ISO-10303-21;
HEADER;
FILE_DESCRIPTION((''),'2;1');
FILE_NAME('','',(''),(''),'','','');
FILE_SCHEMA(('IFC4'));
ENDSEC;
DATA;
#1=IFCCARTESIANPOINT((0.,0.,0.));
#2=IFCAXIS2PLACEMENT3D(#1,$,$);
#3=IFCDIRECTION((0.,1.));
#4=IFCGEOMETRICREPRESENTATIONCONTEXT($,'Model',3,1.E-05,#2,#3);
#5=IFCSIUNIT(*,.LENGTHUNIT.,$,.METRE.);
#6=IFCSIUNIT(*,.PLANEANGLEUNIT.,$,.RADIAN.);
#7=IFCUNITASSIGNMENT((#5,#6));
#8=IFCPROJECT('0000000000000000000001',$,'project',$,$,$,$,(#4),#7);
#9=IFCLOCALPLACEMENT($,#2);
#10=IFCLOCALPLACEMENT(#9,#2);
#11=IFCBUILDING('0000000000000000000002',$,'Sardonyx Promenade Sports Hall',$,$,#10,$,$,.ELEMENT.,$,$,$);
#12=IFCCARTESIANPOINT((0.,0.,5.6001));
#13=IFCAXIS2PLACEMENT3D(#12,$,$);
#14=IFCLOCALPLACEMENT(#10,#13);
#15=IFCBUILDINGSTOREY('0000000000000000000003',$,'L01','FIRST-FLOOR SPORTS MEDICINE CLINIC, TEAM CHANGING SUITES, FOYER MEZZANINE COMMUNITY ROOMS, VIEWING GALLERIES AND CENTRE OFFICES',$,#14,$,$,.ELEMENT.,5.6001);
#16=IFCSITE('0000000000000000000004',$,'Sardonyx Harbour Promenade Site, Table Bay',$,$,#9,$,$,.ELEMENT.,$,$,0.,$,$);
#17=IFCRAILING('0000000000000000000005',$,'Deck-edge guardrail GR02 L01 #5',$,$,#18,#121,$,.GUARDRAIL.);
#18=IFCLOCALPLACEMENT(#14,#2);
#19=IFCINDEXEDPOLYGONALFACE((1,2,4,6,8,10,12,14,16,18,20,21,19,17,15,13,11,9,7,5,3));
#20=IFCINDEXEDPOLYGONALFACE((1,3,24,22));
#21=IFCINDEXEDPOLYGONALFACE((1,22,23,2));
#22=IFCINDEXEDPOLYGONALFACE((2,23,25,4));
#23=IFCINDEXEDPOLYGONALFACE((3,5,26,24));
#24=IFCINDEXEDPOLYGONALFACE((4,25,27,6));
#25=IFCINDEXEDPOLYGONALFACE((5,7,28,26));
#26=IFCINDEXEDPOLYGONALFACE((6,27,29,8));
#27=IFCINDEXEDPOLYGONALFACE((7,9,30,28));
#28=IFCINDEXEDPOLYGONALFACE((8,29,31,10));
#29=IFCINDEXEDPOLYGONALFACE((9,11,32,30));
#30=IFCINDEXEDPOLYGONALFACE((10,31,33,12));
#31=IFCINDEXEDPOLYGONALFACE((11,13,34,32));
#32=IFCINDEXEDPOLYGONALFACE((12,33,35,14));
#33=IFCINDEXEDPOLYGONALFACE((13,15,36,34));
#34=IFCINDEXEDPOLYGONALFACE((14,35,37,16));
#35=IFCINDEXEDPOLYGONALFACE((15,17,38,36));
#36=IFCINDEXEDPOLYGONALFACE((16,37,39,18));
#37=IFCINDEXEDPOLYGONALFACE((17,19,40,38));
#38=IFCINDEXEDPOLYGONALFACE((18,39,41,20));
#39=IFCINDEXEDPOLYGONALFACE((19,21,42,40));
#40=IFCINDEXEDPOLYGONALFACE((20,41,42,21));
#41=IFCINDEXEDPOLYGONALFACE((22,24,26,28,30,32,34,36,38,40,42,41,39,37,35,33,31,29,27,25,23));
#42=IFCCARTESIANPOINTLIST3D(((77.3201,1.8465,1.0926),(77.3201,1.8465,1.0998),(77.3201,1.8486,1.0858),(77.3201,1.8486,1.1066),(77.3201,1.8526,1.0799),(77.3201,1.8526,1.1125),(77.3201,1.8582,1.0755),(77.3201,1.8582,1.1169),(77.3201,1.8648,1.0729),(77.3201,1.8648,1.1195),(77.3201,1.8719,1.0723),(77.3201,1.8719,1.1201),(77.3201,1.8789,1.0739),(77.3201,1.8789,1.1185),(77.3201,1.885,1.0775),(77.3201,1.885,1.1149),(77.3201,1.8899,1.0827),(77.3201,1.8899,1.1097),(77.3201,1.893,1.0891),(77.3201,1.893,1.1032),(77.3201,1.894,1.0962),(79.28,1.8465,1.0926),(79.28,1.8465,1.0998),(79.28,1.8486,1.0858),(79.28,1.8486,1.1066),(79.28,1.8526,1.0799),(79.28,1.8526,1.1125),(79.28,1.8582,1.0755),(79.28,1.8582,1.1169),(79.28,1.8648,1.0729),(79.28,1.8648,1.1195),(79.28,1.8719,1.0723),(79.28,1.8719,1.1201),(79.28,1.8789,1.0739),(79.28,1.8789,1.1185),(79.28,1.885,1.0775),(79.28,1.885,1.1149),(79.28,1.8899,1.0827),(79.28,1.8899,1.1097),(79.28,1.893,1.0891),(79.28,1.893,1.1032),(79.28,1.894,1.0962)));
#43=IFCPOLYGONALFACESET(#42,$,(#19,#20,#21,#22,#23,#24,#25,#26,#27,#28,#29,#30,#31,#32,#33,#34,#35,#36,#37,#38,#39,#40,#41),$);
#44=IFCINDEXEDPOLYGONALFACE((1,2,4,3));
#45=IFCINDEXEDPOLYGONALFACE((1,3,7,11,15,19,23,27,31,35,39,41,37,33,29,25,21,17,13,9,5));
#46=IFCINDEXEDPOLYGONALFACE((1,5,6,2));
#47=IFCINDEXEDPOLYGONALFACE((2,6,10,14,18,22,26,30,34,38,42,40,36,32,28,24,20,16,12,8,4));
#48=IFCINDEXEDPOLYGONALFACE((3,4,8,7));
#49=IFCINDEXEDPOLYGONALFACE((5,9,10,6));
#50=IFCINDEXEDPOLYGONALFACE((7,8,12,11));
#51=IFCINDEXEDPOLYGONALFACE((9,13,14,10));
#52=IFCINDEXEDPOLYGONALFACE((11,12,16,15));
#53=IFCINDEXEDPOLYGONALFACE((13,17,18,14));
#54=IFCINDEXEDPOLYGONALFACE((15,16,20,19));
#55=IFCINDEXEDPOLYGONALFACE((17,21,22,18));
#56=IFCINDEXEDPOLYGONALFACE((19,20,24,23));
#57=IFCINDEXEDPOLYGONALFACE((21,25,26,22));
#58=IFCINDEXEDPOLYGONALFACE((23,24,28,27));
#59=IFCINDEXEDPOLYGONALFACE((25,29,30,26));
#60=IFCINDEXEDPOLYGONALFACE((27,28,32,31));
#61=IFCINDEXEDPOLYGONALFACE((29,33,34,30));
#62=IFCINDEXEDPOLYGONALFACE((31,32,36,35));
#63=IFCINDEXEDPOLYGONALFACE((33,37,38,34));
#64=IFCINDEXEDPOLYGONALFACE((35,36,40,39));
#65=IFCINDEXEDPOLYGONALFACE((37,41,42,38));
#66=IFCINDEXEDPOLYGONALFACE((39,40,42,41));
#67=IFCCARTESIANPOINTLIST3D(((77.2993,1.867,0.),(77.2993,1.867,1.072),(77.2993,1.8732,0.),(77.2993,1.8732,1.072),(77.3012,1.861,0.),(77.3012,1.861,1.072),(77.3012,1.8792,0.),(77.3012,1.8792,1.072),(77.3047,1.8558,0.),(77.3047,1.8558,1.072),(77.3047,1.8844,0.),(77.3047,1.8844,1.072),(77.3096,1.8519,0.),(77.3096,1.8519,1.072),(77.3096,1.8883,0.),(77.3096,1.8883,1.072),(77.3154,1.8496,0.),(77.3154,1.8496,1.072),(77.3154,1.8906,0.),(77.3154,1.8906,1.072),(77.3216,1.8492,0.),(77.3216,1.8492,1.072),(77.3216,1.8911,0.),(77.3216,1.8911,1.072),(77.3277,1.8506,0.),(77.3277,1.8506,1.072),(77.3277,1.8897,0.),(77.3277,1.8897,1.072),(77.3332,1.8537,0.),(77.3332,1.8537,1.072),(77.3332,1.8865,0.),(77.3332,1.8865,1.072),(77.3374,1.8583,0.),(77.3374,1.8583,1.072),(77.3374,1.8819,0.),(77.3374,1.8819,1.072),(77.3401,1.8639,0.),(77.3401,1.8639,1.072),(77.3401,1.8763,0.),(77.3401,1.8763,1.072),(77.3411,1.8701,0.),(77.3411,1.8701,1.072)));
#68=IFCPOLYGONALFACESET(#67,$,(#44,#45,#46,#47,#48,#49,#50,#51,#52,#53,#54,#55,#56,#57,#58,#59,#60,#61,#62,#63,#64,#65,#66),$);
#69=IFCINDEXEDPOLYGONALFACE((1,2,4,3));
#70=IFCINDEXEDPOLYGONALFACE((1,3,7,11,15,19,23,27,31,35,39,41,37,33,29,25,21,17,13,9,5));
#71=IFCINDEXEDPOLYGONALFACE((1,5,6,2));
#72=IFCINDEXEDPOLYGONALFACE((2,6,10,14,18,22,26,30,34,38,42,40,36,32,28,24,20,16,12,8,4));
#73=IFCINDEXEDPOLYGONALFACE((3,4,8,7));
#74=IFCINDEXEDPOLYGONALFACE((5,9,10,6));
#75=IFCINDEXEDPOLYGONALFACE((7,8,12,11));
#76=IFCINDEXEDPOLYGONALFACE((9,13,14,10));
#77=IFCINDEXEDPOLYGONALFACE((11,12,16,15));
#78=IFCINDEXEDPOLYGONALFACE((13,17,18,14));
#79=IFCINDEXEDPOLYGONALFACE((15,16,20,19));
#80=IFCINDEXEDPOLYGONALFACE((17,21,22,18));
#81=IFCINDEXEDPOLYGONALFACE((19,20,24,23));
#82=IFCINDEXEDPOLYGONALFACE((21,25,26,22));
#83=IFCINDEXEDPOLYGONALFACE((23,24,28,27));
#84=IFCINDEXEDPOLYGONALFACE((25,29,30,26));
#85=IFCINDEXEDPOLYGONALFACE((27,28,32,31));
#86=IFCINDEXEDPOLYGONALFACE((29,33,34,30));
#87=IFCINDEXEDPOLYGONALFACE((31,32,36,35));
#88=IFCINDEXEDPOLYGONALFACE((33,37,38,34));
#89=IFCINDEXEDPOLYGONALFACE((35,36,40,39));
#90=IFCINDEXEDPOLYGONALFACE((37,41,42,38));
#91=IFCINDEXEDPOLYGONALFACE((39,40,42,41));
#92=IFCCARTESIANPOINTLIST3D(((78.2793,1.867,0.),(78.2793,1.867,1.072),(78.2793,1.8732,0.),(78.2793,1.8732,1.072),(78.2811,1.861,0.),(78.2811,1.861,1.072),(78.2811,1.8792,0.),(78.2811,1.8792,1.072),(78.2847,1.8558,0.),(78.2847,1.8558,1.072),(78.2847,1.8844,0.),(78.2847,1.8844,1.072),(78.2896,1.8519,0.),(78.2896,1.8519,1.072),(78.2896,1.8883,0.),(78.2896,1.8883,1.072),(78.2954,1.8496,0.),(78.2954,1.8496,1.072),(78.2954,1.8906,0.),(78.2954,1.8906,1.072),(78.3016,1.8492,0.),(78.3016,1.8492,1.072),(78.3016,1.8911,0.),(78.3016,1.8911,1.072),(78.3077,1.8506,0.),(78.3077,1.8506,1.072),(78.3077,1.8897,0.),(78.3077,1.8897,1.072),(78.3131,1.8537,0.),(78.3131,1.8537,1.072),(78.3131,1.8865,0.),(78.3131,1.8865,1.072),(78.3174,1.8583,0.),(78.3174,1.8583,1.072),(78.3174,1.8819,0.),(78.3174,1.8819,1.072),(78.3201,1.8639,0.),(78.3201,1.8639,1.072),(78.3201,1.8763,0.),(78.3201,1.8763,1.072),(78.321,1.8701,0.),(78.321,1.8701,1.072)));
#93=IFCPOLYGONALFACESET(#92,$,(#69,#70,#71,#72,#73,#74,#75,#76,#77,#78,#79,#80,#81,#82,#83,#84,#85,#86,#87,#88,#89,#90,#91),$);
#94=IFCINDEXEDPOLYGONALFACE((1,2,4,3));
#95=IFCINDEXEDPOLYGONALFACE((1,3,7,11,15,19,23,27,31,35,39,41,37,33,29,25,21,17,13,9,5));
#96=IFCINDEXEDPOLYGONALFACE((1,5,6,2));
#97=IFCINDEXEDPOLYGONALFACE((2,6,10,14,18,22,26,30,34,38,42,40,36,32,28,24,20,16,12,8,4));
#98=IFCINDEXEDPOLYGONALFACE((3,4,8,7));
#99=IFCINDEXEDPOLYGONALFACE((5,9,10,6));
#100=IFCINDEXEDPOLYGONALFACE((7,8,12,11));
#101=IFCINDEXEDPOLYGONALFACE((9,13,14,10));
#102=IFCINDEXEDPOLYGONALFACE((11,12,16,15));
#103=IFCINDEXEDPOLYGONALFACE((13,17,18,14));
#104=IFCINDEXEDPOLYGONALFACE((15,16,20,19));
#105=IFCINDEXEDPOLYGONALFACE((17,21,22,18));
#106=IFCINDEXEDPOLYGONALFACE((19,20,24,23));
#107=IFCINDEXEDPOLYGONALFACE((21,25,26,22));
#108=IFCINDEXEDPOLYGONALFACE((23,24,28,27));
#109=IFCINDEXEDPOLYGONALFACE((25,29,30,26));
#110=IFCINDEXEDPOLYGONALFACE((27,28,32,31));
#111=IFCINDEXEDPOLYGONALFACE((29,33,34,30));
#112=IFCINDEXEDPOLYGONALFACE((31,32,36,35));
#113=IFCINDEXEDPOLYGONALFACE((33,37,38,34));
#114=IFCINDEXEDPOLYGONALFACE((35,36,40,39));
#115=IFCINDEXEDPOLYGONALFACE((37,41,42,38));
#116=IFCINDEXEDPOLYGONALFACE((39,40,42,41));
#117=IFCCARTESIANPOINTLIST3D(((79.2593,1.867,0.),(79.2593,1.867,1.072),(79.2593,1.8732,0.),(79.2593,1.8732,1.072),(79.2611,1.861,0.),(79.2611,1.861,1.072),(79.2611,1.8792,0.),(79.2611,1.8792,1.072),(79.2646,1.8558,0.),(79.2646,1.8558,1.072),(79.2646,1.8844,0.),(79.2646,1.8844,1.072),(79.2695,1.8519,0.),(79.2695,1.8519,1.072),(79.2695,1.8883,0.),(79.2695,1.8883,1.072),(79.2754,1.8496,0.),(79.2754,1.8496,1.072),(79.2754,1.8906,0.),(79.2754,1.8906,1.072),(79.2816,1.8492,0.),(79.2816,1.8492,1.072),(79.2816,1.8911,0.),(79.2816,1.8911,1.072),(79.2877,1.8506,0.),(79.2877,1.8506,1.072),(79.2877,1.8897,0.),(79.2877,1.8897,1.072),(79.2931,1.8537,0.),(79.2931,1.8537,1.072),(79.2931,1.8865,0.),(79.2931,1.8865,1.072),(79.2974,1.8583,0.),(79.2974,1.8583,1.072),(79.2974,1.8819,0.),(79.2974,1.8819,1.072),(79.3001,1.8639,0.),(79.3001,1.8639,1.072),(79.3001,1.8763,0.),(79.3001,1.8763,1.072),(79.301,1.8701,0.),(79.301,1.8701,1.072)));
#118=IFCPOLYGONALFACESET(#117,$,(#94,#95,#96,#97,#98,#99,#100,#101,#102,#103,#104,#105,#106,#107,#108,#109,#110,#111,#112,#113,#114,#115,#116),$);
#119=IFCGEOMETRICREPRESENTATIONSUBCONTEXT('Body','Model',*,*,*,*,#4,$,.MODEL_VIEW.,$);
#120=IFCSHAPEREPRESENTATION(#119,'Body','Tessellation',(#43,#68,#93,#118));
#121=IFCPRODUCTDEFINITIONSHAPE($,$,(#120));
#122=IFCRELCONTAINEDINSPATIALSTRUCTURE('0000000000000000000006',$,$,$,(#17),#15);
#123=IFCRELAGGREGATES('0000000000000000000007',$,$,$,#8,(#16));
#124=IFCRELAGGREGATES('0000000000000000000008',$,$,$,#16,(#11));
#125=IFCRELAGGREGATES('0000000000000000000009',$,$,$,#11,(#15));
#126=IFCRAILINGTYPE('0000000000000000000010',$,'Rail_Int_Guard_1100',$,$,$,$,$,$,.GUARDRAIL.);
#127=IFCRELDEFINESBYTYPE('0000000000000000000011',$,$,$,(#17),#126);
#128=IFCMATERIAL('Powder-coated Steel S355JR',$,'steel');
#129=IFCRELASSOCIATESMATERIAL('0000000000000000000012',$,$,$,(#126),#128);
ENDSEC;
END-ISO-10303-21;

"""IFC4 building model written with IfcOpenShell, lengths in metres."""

from ifc_helpers import new_model, si_unit, direction, frame, origin, origin_2d, place, context, subcontext, project, spatial, circle, extrude, material, type_object, element, save


model = new_model("IFC4")

# Units and contexts
model_context = context("Model", 3, precision=1e-05, world=origin(), true_north=direction((0.0, 1.0)))
body_context = subcontext(model_context, "Body", "Model", "MODEL_VIEW")
ifc_project = project(units=[si_unit("LENGTHUNIT", "METRE"), si_unit("PLANEANGLEUNIT", "RADIAN")], contexts=[model_context])

# Site, building, storey
site_placement = place(None, origin())
site = spatial("IfcSite", under=ifc_project, at=site_placement, Name="Sardonyx Harbour Promenade Site, Table Bay", CompositionType="ELEMENT", RefElevation=0.0)
building_placement = place(site_placement, origin())
building = spatial("IfcBuilding", under=site, at=building_placement, Name="Sardonyx Promenade Sports Hall", CompositionType="ELEMENT")
storey_placement = place(building_placement, frame((0.0, 0.0, 5.6001)))
storey = spatial("IfcBuildingStorey", under=building, at=storey_placement, Name="L01", Description="FIRST-FLOOR SPORTS MEDICINE CLINIC, TEAM CHANGING SUITES, FOYER MEZZANINE COMMUNITY ROOMS, VIEWING GALLERIES AND CENTRE OFFICES", CompositionType="ELEMENT", Elevation=5.6001)

# Railing
ifc_material_1 = material(Name="Powder-coated Steel S355JR", Category="steel")
railing_type = type_object("IfcRailingType", Name="Rail_Int_Guard_1100", PredefinedType="GUARDRAIL", material=ifc_material_1)
railing_1_placement = place(storey_placement, frame((77.3201, 1.8701, 0.0)))
element("IfcRailing", 1, at=railing_1_placement, inside=storey, type_object=railing_type, Name="Deck-edge guardrail GR02 L01 #5", PredefinedType="GUARDRAIL", context=body_context, shape_type="SweptSolid", body=[
    extrude(circle(Radius=0.0239, at=origin_2d()), frame((0.0, 0.0, 1.0962), z_axis=(1.0, 0.0, 0.0), x_axis=(0.0, 1.0, 0.0)), (0.0, 0.0, 1.0), 1.96),
    extrude(circle(Radius=0.021, at=origin_2d()), origin(), (0.0, 0.0, 1.0), 1.072),
    extrude(circle(Radius=0.021, at=origin_2d()), frame((0.98, 0.0, 0.0)), (0.0, 0.0, 1.0), 1.072),
    extrude(circle(Radius=0.021, at=origin_2d()), frame((1.96, 0.0, 0.0)), (0.0, 0.0, 1.0), 1.072),
])

save(model, "model.ifc")
